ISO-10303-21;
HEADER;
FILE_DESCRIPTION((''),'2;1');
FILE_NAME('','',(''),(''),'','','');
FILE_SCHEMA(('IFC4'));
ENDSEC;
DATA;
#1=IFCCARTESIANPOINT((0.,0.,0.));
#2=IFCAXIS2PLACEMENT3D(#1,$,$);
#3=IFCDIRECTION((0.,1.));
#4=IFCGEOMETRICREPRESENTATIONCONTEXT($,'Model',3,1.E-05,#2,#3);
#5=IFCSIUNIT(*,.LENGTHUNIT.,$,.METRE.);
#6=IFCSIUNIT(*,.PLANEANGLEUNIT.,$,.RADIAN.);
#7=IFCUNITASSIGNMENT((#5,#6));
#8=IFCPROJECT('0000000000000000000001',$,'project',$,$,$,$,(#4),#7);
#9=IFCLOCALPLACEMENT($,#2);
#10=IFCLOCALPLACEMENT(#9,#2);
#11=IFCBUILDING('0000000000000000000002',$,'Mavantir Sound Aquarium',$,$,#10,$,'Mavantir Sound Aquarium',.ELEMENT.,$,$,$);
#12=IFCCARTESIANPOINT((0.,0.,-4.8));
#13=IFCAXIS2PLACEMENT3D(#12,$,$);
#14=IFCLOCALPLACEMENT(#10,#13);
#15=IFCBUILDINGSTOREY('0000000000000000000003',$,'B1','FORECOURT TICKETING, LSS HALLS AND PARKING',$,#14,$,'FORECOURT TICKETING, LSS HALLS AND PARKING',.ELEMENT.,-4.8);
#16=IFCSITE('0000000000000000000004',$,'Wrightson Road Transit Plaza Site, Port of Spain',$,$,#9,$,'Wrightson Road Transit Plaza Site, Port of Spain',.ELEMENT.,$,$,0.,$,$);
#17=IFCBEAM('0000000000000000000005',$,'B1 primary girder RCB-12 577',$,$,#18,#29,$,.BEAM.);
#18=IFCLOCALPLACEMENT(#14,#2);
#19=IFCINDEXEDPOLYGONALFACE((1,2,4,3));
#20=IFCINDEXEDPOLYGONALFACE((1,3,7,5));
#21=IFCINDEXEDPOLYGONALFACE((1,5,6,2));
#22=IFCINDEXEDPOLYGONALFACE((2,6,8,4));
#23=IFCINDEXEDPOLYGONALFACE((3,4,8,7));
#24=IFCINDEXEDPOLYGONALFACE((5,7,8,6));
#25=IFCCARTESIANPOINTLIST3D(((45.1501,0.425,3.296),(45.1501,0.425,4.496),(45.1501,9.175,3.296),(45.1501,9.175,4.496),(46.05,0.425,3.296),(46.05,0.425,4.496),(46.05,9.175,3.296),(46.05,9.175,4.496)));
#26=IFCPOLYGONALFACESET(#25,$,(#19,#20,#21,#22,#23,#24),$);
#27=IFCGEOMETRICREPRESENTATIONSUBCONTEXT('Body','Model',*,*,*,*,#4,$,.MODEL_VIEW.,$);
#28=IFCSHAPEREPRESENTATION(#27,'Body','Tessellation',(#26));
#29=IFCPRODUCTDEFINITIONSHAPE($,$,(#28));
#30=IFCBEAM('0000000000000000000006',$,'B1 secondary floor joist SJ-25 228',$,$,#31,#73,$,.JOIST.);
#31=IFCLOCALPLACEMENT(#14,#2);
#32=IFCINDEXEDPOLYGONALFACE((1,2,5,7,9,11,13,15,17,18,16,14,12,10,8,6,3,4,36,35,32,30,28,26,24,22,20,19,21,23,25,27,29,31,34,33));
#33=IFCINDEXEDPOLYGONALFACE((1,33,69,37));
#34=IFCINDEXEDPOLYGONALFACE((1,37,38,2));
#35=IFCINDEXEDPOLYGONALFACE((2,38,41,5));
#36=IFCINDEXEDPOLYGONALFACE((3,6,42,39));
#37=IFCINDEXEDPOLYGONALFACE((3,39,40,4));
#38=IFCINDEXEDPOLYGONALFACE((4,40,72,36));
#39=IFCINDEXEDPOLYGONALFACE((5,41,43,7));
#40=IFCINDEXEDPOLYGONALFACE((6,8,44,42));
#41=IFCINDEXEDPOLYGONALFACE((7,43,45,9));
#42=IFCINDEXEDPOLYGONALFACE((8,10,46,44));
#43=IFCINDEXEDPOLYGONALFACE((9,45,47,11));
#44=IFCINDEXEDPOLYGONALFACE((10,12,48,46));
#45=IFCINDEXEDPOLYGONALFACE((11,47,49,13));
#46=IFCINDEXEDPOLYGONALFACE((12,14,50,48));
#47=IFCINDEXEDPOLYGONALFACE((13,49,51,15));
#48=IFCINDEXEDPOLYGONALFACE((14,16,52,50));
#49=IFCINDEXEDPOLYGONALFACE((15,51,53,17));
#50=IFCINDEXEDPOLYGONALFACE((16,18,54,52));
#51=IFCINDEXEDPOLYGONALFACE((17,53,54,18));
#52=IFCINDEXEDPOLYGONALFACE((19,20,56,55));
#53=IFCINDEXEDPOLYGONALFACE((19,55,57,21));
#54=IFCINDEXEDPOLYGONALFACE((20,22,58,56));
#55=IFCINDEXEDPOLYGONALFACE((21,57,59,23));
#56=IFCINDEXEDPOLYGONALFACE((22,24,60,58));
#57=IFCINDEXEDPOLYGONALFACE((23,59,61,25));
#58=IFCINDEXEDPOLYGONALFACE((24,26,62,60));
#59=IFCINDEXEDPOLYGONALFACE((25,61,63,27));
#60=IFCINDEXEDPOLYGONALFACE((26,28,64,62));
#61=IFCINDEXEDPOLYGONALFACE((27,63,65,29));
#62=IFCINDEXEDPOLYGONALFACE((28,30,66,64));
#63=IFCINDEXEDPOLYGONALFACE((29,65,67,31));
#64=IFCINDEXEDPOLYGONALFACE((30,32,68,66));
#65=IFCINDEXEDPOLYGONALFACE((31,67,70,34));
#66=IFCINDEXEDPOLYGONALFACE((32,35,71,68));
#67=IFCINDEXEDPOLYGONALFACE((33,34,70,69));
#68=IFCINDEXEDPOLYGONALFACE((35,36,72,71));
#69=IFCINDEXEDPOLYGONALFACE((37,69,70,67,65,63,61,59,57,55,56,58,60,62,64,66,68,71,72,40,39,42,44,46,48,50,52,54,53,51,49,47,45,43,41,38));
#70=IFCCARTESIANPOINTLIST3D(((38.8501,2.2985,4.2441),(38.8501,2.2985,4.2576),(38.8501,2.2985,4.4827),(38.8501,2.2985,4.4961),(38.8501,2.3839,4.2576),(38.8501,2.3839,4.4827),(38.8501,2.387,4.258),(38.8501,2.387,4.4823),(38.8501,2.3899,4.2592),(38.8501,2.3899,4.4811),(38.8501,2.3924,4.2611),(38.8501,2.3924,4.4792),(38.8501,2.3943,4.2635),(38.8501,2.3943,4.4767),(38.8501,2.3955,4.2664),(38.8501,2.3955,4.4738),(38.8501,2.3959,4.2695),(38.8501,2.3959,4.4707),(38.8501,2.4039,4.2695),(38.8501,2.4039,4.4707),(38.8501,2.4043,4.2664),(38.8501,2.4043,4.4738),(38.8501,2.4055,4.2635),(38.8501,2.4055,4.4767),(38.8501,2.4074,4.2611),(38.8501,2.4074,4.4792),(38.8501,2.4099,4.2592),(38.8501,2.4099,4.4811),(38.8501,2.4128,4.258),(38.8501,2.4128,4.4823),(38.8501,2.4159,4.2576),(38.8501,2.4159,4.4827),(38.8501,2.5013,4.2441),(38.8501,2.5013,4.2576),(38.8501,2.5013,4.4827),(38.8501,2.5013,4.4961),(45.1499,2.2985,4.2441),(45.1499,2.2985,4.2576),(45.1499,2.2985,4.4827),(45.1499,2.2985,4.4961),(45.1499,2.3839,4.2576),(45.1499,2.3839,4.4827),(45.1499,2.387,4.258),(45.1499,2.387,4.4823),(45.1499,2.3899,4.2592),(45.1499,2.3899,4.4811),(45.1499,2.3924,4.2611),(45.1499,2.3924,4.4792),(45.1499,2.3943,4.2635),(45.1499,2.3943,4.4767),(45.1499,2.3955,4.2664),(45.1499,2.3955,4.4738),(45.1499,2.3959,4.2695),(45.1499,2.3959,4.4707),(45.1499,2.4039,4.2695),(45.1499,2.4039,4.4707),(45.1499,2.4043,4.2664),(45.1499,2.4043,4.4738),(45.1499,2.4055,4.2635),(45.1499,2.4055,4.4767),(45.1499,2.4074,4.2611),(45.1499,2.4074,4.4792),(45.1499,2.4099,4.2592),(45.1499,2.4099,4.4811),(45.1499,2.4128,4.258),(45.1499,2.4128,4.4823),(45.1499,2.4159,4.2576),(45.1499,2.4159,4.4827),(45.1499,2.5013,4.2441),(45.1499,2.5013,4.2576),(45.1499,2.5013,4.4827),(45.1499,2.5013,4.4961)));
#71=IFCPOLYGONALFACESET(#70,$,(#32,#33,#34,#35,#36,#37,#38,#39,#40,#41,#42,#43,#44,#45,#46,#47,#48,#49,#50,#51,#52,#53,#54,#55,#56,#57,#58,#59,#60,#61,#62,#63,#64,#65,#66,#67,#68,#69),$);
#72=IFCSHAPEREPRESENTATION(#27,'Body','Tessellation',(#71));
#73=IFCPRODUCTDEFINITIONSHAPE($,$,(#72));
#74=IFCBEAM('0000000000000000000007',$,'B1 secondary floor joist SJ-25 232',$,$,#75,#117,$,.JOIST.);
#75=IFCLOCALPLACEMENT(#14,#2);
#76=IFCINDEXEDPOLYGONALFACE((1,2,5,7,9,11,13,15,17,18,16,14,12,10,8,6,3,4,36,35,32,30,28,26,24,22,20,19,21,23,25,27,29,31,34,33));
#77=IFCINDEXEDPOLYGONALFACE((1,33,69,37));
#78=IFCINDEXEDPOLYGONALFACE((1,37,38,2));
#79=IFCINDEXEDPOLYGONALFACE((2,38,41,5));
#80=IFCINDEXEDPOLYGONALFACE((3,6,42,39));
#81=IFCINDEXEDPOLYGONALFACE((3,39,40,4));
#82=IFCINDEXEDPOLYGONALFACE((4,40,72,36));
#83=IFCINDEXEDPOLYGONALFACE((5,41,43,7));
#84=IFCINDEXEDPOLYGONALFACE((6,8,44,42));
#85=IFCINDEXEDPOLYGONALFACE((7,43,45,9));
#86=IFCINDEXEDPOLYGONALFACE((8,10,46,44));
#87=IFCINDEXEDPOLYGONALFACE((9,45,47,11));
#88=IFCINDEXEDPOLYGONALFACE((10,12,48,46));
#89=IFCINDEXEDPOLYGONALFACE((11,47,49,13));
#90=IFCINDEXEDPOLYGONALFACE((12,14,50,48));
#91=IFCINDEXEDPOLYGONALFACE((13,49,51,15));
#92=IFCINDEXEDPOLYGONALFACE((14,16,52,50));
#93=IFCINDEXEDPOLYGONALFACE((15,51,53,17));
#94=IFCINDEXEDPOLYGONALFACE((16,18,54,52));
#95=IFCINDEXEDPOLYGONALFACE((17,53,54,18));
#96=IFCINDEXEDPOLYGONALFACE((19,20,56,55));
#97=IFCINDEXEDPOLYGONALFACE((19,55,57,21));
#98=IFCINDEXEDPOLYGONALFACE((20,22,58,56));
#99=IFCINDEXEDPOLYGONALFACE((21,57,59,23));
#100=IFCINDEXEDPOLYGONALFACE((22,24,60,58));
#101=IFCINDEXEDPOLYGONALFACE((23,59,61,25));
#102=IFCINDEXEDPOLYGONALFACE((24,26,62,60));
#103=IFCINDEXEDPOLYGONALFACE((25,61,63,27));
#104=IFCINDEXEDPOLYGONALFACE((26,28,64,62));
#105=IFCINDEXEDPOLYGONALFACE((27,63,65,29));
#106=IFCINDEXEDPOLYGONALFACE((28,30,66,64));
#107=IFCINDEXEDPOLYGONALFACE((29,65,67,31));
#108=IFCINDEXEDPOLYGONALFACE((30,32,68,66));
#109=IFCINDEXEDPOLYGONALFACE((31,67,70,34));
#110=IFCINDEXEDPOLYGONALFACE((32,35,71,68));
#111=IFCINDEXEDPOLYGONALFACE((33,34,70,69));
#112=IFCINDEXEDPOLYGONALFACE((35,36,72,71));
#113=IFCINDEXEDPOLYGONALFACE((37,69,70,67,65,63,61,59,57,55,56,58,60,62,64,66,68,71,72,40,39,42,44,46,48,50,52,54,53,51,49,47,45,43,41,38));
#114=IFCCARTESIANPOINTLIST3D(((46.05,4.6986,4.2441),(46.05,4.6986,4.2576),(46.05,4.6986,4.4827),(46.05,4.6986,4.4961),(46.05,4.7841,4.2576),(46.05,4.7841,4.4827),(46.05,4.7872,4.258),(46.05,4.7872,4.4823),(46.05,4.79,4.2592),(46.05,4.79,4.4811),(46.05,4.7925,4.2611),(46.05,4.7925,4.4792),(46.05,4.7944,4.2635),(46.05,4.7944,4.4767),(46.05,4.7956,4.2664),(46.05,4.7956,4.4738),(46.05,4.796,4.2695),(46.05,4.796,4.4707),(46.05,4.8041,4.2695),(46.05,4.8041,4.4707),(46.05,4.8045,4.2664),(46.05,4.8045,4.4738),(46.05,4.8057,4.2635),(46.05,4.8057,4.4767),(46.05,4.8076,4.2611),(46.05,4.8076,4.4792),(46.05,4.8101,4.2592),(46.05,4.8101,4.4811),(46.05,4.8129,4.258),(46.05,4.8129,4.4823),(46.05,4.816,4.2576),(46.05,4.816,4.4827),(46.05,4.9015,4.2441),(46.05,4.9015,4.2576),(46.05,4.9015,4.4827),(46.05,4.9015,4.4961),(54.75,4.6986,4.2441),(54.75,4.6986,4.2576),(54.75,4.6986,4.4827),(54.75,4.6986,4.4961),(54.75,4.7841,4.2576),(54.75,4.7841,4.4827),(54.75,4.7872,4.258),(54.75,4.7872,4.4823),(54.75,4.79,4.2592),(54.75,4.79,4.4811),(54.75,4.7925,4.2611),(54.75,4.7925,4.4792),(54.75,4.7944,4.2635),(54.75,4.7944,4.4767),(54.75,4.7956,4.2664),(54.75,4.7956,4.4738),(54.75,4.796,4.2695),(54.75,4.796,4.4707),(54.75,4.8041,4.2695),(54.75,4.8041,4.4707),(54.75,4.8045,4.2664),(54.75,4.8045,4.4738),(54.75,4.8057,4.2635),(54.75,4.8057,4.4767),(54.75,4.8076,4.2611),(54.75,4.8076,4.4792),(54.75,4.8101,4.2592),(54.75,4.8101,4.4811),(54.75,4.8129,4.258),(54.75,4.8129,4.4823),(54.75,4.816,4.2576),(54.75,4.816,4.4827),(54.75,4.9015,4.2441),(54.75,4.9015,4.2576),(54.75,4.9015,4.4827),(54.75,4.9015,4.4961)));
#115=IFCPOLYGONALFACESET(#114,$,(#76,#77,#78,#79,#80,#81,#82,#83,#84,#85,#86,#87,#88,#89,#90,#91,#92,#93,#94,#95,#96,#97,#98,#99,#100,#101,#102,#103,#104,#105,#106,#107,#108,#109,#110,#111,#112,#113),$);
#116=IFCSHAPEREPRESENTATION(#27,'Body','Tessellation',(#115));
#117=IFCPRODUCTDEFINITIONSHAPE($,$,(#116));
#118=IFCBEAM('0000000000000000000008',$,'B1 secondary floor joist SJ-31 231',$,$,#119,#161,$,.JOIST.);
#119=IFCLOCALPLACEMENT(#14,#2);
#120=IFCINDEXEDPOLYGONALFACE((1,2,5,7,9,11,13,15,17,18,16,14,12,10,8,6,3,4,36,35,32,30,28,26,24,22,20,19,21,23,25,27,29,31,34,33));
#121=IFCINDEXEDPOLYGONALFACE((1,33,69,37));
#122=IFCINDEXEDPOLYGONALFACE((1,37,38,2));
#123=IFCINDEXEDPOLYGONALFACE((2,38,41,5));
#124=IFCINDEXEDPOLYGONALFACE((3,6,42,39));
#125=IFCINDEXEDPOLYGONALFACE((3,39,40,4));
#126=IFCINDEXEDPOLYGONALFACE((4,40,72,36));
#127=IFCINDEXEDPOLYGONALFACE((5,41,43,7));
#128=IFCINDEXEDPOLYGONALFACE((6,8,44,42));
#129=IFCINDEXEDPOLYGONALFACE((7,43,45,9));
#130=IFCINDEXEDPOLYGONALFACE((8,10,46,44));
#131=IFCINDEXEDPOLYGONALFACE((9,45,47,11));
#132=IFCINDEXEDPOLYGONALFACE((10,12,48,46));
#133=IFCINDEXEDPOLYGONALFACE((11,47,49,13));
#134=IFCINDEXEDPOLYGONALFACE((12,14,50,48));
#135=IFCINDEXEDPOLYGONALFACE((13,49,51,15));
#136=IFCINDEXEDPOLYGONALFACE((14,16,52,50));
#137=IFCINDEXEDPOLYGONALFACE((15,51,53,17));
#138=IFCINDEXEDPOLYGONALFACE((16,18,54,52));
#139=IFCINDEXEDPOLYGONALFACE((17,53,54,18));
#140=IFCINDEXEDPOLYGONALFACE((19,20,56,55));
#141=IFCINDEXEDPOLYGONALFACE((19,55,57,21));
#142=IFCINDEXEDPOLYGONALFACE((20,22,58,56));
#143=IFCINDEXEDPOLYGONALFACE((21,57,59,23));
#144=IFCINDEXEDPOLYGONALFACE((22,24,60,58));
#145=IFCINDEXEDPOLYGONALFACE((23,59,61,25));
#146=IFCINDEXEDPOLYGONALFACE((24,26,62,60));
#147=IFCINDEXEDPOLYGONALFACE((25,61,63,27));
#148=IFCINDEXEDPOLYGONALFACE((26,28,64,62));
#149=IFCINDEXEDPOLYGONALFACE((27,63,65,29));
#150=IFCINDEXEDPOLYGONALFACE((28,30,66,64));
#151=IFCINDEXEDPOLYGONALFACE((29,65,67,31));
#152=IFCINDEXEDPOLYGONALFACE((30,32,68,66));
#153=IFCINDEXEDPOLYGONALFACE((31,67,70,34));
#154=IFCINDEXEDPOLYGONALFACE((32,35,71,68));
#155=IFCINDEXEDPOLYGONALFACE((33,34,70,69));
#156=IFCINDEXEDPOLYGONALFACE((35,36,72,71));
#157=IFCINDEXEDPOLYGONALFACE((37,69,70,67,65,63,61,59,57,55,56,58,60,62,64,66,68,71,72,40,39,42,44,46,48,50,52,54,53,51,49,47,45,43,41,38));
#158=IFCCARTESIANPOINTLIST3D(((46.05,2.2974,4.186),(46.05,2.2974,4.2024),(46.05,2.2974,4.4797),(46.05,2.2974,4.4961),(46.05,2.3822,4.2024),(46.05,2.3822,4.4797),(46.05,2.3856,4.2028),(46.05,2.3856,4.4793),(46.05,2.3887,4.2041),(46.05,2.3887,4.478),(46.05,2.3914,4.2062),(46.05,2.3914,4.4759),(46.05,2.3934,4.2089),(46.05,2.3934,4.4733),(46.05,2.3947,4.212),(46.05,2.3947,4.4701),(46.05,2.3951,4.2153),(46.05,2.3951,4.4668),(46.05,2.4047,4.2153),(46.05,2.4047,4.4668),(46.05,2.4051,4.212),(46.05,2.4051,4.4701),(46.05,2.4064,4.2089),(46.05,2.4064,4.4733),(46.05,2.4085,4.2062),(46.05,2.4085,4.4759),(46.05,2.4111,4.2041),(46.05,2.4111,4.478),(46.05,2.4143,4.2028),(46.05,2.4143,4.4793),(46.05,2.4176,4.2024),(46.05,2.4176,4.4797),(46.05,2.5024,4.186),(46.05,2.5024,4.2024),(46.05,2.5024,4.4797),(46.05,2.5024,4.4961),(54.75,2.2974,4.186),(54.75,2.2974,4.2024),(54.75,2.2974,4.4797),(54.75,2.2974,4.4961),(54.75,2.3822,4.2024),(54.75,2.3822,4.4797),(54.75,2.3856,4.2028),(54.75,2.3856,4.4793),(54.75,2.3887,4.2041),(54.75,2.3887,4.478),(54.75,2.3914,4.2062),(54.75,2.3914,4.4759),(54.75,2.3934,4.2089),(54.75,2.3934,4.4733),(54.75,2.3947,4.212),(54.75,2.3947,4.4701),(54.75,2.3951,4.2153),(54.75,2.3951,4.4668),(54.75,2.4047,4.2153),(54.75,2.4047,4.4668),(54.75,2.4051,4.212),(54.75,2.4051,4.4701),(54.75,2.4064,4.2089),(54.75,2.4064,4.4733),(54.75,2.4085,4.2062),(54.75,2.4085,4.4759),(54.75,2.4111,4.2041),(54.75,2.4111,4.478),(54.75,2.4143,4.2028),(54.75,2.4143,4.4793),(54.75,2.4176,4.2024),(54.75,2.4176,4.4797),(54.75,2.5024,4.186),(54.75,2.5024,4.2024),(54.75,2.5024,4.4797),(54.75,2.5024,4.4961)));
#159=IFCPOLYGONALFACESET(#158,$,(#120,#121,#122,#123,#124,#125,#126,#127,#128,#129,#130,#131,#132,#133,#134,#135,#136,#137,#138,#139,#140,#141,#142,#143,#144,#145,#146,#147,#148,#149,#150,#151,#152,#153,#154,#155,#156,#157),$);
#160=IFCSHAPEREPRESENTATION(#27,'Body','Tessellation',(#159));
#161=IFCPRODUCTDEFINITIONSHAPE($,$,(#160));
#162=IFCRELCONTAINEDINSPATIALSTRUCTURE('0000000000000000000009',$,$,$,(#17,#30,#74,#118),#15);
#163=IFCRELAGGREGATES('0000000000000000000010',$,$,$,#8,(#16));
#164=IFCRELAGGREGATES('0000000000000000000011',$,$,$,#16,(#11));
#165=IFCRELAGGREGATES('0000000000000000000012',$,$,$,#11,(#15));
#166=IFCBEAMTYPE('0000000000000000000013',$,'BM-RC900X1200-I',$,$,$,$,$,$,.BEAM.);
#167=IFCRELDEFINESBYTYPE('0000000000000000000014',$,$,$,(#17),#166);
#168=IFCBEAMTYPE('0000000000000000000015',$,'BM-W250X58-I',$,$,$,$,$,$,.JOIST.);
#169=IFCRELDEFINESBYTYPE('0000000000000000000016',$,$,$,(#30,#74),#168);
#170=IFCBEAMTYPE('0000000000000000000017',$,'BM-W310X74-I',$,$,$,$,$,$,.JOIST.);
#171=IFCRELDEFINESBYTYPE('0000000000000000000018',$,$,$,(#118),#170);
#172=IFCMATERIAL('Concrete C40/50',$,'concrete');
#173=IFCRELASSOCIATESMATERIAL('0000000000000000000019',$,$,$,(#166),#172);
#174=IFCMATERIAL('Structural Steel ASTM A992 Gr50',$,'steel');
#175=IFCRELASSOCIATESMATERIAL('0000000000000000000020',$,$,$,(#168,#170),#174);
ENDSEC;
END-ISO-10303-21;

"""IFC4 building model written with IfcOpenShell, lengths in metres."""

from ifc_helpers import new_model, si_unit, direction, frame, origin, origin_2d, place, context, subcontext, project, spatial, rectangle, i_section, extrude, material, material_profile, profile_set, type_object, element, save


model = new_model("IFC4")

# Units and contexts
model_context = context("Model", 3, precision=1e-05, world=origin(), true_north=direction((0.0, 1.0)))
body_context = subcontext(model_context, "Body", "Model", "MODEL_VIEW")
ifc_project = project(units=[si_unit("LENGTHUNIT", "METRE"), si_unit("PLANEANGLEUNIT", "RADIAN")], contexts=[model_context])

# Site, building, storey
site_placement = place(None, origin())
site = spatial("IfcSite", under=ifc_project, at=site_placement, Name="Wrightson Road Transit Plaza Site, Port of Spain", LongName="Wrightson Road Transit Plaza Site, Port of Spain", CompositionType="ELEMENT", RefElevation=0.0)
building_placement = place(site_placement, origin())
building = spatial("IfcBuilding", under=site, at=building_placement, Name="Mavantir Sound Aquarium", LongName="Mavantir Sound Aquarium", CompositionType="ELEMENT")
storey_placement = place(building_placement, frame((0.0, 0.0, -4.8)))
storey = spatial("IfcBuildingStorey", under=building, at=storey_placement, Name="B1", Description="FORECOURT TICKETING, LSS HALLS AND PARKING", LongName="FORECOURT TICKETING, LSS HALLS AND PARKING", CompositionType="ELEMENT", Elevation=-4.8)

# Shared definitions
ifc_material_1 = material(Name="Concrete C40/50", Category="concrete")

# Beams
ifc_material_profile_1 = material_profile(ifc_material_1, rectangle(XDim=0.8999, YDim=1.2, at=origin_2d()), Name="RC 900X1200")
ifc_profile_set_1 = profile_set([ifc_material_profile_1], Name="Concrete C40/50")
beam_type_1 = type_object("IfcBeamType", Name="BM-RC900X1200-I", PredefinedType="BEAM", material=ifc_profile_set_1)
beam_1_placement = place(storey_placement, frame((45.6001, 0.425, 3.896), z_axis=(0.0, 1.0, 0.0), x_axis=(-1.0, 0.0, 0.0)))
element("IfcBeam", 1, at=beam_1_placement, inside=storey, type_object=beam_type_1, Name="B1 primary girder RCB-12 577", PredefinedType="BEAM", context=body_context, shape_type="SweptSolid", body=[
    extrude(rectangle(XDim=0.8999, YDim=1.2, at=origin_2d()), origin(), (0.0, 0.0, 1.0), 8.75),
])
ifc_material_2 = material(Name="Structural Steel ASTM A992 Gr50", Category="steel")
ifc_material_profile_2 = material_profile(ifc_material_2, i_section(OverallWidth=0.2029, OverallDepth=0.252, WebThickness=0.0081, FlangeThickness=0.0134, FilletRadius=0.012, at=origin_2d()), Name="W250X58")
ifc_profile_set_2 = profile_set([ifc_material_profile_2], Name="Structural Steel ASTM A992 Gr50")
beam_type_2 = type_object("IfcBeamType", Name="BM-W250X58-I", PredefinedType="JOIST", material=ifc_profile_set_2)
beam_2_placement = place(storey_placement, frame((38.8501, 2.3999, 4.3701), z_axis=(1.0, 0.0, 0.0), x_axis=(0.0, 1.0, 0.0)))
element("IfcBeam", 2, at=beam_2_placement, inside=storey, type_object=beam_type_2, Name="B1 secondary floor joist SJ-25 228", PredefinedType="JOIST", context=body_context, shape_type="SweptSolid", body=[
    extrude(i_section(OverallWidth=0.2029, OverallDepth=0.252, WebThickness=0.0081, FlangeThickness=0.0134, FilletRadius=0.012, at=origin_2d()), origin(), (0.0, 0.0, 1.0), 6.2998),
])
beam_3_placement = place(storey_placement, frame((46.05, 4.8, 4.3701), z_axis=(1.0, 0.0, 0.0), x_axis=(0.0, 1.0, 0.0)))
element("IfcBeam", 3, at=beam_3_placement, inside=storey, type_object=beam_type_2, Name="B1 secondary floor joist SJ-25 232", PredefinedType="JOIST", context=body_context, shape_type="SweptSolid", body=[
    extrude(i_section(OverallWidth=0.2029, OverallDepth=0.252, WebThickness=0.0081, FlangeThickness=0.0134, FilletRadius=0.012, at=origin_2d()), origin(), (0.0, 0.0, 1.0), 8.7),
])
ifc_material_profile_3 = material_profile(ifc_material_2, i_section(OverallWidth=0.2051, OverallDepth=0.3101, WebThickness=0.0095, FlangeThickness=0.0164, FilletRadius=0.0129, at=origin_2d()), Name="W310X74")
ifc_profile_set_3 = profile_set([ifc_material_profile_3], Name="Structural Steel ASTM A992 Gr50")
beam_type_3 = type_object("IfcBeamType", Name="BM-W310X74-I", PredefinedType="JOIST", material=ifc_profile_set_3)
beam_4_placement = place(storey_placement, frame((46.05, 2.3999, 4.3411), z_axis=(1.0, 0.0, 0.0), x_axis=(0.0, 1.0, 0.0)))
element("IfcBeam", 4, at=beam_4_placement, inside=storey, type_object=beam_type_3, Name="B1 secondary floor joist SJ-31 231", PredefinedType="JOIST", context=body_context, shape_type="SweptSolid", body=[
    extrude(i_section(OverallWidth=0.2051, OverallDepth=0.3101, WebThickness=0.0095, FlangeThickness=0.0164, FilletRadius=0.0129, at=origin_2d()), origin(), (0.0, 0.0, 1.0), 8.7),
])

save(model, "model.ifc")
